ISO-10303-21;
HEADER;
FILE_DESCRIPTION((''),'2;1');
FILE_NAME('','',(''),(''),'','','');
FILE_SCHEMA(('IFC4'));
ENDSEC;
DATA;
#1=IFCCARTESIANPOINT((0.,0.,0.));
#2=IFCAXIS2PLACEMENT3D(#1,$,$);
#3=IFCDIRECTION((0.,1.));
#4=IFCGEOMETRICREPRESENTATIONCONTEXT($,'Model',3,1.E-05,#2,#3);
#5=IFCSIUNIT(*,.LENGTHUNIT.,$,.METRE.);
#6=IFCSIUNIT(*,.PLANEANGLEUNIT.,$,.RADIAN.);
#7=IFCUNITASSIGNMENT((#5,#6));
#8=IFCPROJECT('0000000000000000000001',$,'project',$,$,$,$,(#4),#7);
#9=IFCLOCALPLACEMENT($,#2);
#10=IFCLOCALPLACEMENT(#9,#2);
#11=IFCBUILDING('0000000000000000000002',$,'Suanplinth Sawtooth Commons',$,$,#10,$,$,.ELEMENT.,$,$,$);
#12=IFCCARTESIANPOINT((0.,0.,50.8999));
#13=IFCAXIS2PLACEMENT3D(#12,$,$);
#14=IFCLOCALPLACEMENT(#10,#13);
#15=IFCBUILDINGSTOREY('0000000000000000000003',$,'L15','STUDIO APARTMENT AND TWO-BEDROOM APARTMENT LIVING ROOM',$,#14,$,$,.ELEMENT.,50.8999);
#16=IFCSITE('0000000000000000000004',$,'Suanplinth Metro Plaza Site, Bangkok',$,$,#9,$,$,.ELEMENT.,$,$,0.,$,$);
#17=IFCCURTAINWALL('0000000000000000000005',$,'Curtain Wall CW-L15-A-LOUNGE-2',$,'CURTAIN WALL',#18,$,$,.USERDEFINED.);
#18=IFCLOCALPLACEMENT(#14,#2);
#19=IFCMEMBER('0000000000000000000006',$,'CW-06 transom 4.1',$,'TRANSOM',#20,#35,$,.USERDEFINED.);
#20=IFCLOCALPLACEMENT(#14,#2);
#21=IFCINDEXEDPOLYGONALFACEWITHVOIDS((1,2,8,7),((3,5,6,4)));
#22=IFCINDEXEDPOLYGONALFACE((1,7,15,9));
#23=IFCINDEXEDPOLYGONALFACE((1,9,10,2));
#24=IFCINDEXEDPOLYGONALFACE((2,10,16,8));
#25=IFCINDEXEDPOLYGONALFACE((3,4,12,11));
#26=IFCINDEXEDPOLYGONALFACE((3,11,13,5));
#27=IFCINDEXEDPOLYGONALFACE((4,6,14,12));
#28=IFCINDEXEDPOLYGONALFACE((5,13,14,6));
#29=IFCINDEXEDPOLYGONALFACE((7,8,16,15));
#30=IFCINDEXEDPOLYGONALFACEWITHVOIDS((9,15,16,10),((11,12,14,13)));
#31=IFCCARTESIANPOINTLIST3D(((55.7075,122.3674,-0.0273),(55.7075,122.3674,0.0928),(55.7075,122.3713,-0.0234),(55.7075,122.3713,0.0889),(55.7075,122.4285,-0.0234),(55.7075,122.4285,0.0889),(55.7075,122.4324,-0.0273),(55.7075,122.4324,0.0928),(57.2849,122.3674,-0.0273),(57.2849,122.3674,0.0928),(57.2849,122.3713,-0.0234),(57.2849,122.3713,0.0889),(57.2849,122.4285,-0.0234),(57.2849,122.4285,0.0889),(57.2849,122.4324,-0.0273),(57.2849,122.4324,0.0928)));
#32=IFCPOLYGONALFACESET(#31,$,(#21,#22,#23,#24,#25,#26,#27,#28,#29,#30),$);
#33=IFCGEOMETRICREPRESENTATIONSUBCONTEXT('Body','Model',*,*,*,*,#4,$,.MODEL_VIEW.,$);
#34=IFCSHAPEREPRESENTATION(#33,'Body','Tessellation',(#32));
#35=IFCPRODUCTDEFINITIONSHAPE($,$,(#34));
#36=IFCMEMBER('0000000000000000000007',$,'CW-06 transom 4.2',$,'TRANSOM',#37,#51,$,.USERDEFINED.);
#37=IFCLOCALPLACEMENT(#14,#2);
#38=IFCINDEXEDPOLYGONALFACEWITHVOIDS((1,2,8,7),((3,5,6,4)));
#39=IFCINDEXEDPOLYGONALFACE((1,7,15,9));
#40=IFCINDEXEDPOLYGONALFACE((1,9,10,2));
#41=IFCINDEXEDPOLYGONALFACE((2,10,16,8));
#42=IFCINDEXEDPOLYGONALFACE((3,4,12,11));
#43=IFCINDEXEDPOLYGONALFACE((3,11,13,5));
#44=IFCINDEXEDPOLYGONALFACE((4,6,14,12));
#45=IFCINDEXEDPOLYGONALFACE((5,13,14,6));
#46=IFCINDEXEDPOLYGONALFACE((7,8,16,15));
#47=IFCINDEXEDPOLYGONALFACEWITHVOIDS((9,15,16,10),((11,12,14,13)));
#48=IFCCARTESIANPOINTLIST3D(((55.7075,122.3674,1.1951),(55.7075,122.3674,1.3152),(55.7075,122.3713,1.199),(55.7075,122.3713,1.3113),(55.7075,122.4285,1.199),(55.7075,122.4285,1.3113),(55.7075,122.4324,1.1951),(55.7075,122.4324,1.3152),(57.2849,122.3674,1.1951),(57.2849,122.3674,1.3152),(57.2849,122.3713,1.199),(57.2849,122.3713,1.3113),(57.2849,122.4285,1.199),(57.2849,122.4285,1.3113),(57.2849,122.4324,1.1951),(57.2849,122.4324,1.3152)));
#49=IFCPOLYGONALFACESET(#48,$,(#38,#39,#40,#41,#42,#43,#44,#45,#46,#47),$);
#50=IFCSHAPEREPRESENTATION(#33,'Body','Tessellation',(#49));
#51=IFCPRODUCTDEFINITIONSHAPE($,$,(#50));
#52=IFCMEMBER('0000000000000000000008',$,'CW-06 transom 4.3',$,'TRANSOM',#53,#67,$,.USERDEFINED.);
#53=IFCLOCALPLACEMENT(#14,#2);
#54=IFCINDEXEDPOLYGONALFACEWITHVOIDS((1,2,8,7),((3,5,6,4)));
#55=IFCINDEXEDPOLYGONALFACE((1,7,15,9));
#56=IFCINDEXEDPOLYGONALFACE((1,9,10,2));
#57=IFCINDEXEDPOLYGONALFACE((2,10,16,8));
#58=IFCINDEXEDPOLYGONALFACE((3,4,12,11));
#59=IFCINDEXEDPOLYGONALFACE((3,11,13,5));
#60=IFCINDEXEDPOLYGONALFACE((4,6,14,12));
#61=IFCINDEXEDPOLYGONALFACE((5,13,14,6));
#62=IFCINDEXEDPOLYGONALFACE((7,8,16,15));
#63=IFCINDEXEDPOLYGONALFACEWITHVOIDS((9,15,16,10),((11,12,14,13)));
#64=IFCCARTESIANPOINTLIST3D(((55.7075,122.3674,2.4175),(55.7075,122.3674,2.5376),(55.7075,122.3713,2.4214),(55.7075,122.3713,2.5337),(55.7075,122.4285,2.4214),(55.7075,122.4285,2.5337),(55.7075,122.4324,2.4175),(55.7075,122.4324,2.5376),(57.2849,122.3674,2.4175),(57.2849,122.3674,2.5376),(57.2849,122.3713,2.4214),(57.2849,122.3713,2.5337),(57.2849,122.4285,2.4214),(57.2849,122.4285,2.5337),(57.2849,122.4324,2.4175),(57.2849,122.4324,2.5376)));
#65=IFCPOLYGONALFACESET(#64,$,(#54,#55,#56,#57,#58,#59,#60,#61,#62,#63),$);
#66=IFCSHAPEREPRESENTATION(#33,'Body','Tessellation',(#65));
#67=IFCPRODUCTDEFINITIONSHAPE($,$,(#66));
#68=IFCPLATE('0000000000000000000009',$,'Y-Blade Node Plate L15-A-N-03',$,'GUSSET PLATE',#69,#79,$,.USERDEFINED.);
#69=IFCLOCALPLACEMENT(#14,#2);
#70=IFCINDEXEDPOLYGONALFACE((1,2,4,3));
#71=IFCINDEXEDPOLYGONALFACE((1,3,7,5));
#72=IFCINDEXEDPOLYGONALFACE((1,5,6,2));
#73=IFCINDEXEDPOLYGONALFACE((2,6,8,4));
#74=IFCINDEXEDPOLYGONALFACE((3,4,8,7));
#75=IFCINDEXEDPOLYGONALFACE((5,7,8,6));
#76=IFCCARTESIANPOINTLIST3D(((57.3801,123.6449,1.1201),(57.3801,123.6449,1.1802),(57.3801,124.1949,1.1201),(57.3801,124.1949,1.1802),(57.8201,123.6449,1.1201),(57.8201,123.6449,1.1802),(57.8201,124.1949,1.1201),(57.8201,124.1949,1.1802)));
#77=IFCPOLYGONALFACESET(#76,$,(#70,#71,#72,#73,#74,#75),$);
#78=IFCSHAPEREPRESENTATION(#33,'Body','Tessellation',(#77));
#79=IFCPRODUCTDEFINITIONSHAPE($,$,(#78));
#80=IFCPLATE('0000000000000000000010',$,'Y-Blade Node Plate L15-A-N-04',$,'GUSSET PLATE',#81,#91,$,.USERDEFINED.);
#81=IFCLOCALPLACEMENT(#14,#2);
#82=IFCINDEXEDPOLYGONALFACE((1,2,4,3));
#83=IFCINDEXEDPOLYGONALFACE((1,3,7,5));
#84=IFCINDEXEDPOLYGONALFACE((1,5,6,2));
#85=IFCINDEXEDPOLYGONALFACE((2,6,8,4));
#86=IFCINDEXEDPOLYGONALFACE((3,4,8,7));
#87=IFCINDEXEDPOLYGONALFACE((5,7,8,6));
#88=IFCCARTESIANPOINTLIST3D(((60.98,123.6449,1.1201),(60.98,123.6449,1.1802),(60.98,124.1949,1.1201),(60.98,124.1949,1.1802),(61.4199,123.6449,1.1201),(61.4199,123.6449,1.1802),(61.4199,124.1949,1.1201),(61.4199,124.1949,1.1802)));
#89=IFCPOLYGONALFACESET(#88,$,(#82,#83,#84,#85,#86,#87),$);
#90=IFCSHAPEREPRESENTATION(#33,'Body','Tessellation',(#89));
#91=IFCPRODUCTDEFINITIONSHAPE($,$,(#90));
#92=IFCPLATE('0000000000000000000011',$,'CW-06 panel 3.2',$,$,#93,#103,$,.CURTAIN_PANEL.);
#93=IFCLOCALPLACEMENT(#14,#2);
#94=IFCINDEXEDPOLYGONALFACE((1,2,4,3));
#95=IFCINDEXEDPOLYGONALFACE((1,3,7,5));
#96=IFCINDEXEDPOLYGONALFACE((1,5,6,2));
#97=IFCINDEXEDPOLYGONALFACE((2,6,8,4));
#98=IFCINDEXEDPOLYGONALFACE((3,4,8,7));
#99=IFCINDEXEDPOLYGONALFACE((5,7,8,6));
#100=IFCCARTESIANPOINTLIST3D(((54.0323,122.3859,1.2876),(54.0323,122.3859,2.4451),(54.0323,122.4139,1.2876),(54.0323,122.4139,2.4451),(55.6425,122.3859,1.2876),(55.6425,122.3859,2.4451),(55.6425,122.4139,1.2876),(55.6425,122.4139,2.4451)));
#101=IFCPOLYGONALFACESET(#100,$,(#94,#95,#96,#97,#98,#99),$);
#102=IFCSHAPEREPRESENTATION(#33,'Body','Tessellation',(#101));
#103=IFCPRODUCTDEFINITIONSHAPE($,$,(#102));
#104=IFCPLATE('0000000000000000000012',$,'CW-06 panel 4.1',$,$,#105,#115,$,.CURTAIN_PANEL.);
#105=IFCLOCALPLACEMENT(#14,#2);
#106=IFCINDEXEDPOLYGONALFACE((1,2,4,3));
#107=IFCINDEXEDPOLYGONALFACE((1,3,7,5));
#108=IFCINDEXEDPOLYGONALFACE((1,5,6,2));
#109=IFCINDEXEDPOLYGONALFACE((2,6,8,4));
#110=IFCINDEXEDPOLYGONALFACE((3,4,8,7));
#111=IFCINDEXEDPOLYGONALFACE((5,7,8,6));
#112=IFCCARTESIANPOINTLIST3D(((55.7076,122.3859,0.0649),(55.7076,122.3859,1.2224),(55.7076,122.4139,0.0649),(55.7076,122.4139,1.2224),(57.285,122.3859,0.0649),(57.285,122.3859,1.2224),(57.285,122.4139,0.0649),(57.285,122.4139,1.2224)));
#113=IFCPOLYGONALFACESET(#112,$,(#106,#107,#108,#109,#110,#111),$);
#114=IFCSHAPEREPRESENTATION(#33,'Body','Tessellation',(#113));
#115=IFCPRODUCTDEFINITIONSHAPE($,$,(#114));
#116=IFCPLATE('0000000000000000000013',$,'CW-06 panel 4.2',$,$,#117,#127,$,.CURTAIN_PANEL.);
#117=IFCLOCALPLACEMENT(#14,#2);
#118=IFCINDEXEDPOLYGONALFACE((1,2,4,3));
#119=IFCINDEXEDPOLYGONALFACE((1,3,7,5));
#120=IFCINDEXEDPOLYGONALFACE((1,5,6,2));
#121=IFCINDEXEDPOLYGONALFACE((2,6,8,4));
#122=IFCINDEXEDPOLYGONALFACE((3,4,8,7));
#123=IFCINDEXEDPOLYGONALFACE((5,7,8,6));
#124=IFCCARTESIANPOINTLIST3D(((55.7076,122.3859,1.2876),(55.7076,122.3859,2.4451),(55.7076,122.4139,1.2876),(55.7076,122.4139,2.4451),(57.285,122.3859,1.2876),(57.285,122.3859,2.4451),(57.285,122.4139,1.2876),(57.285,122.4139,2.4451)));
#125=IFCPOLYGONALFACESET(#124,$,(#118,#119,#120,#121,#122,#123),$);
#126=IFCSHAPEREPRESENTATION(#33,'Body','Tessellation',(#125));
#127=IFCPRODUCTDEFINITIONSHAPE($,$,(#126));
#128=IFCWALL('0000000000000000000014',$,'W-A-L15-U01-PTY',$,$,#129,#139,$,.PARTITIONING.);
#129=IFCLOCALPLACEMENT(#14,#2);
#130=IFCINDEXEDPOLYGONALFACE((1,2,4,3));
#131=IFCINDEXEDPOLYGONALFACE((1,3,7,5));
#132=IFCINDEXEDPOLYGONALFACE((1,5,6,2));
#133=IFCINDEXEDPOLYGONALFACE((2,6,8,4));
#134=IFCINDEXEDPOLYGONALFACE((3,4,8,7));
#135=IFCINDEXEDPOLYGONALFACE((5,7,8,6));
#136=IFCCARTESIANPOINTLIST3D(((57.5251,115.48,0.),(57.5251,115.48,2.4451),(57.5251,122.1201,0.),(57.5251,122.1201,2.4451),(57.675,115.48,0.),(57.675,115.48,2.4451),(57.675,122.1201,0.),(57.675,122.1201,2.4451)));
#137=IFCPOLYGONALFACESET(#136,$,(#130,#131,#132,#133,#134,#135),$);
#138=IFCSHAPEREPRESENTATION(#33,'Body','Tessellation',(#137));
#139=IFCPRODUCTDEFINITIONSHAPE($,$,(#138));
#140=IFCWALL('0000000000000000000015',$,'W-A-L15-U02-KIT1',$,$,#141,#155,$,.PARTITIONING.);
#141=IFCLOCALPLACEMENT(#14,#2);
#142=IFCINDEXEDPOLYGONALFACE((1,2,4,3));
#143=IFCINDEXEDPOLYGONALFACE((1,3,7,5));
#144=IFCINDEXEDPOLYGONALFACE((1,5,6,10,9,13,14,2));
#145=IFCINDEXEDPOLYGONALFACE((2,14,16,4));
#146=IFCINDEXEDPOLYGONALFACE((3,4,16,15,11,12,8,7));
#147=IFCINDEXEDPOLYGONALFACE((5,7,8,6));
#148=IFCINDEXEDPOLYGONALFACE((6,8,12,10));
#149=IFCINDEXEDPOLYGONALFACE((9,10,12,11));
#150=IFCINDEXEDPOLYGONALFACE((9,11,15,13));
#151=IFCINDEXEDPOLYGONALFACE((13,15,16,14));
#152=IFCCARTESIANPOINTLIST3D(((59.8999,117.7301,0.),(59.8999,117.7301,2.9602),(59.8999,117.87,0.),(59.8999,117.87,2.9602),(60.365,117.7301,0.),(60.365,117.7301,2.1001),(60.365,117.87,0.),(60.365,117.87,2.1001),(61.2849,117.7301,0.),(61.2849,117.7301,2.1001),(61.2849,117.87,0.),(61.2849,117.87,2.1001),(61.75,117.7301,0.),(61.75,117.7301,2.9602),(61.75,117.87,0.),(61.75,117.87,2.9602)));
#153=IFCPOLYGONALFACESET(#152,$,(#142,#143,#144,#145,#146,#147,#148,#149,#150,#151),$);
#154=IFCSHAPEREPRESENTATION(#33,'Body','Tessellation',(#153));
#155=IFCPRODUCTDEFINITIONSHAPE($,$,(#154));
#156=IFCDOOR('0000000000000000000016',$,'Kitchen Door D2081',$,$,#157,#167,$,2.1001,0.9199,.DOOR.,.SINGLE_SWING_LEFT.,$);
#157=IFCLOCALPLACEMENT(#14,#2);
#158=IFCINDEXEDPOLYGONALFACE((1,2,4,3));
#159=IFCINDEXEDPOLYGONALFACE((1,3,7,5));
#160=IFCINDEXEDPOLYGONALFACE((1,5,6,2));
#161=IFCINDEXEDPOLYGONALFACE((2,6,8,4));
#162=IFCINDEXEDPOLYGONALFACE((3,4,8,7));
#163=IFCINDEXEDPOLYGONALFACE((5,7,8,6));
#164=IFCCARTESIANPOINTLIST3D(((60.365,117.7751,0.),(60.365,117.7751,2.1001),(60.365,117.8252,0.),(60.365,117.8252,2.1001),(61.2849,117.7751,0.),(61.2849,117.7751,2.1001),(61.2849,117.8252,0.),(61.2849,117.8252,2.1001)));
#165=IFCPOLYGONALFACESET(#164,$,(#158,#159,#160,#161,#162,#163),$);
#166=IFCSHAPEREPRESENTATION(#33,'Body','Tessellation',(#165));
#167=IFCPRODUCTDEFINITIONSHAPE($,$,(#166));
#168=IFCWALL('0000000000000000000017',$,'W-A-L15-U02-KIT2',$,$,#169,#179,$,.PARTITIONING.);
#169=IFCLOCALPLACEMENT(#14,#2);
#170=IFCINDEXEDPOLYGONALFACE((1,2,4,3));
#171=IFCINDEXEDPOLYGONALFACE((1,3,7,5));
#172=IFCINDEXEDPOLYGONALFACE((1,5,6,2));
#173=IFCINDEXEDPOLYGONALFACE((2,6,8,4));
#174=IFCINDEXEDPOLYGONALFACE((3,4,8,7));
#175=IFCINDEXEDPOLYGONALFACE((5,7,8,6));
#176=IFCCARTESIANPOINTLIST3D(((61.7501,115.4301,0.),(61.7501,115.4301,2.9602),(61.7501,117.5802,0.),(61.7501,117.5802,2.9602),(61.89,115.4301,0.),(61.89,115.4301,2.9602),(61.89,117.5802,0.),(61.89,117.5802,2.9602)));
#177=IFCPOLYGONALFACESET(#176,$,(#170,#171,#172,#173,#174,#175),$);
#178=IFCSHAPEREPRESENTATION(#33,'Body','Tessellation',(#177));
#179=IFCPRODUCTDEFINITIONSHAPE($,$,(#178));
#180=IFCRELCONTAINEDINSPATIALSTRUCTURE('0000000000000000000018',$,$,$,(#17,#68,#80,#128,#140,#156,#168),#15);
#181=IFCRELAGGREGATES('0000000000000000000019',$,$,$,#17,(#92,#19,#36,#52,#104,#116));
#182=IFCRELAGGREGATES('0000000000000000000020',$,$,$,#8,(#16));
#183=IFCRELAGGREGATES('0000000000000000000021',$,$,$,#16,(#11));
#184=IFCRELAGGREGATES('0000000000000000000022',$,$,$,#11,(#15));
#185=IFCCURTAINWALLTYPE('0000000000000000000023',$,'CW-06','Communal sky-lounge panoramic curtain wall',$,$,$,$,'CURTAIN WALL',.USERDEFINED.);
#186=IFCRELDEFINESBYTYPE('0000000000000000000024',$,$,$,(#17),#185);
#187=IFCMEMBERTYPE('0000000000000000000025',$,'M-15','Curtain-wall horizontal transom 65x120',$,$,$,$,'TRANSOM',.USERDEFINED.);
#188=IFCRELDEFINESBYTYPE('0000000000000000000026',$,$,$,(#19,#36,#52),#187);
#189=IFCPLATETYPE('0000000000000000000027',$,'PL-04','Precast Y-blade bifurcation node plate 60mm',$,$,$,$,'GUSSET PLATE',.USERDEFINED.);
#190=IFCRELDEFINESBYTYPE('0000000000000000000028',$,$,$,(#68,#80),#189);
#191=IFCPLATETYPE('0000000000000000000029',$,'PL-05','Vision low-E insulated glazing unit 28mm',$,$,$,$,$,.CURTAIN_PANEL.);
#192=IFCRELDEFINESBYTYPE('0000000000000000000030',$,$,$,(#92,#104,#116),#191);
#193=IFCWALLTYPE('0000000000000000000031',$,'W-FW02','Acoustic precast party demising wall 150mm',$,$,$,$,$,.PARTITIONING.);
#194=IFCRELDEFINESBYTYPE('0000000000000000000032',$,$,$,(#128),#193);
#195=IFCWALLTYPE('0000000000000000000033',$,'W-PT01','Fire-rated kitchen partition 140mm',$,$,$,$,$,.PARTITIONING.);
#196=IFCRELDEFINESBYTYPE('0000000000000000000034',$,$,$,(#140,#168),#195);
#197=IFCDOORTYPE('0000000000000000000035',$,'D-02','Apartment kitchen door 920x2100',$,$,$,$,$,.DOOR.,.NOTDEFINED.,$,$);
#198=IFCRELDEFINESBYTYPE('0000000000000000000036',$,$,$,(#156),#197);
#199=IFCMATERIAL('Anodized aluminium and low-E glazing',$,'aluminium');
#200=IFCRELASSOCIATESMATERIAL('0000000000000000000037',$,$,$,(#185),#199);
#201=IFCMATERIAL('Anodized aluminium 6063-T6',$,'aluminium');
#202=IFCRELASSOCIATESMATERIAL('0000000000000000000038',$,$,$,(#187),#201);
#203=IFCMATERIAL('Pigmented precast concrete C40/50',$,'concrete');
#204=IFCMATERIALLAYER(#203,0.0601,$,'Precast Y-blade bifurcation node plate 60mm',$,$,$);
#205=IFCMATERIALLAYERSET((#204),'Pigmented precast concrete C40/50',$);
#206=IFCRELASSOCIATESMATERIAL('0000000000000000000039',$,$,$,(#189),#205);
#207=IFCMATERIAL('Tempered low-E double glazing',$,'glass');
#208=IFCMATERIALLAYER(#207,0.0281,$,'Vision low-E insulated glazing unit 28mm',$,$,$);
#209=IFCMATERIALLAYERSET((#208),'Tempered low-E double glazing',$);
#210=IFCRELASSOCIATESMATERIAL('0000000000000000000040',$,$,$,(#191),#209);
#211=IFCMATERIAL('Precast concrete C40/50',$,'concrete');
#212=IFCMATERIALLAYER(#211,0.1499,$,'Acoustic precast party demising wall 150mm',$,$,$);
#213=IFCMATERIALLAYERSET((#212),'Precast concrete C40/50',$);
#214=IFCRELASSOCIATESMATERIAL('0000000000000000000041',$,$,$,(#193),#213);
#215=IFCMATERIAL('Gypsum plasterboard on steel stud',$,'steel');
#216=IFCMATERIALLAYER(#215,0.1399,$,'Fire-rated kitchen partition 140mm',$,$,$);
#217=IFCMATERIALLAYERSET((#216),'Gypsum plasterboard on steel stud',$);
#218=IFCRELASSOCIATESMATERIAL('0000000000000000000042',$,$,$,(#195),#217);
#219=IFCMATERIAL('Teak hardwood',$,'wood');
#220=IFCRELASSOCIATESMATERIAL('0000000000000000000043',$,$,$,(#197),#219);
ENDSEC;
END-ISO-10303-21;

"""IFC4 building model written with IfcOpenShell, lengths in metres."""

from ifc_helpers import new_model, si_unit, direction, frame, frame_2d, origin, origin_2d, place, context, subcontext, project, spatial, rectangle, hollow_rectangle, extrude, material, layer, layer_set, material_profile, profile_set, type_object, element, fill, aggregate, save


model = new_model("IFC4")

# Units and contexts
model_context = context("Model", 3, precision=1e-05, world=origin(), true_north=direction((0.0, 1.0)))
body_context = subcontext(model_context, "Body", "Model", "MODEL_VIEW")
ifc_project = project(units=[si_unit("LENGTHUNIT", "METRE"), si_unit("PLANEANGLEUNIT", "RADIAN")], contexts=[model_context])

# Site, building, storey
site_placement = place(None, origin())
site = spatial("IfcSite", under=ifc_project, at=site_placement, Name="Suanplinth Metro Plaza Site, Bangkok", CompositionType="ELEMENT", RefElevation=0.0)
building_placement = place(site_placement, origin())
building = spatial("IfcBuilding", under=site, at=building_placement, Name="Suanplinth Sawtooth Commons", CompositionType="ELEMENT")
storey_placement = place(building_placement, frame((0.0, 0.0, 50.8999)))
storey = spatial("IfcBuildingStorey", under=building, at=storey_placement, Name="L15", Description="STUDIO APARTMENT AND TWO-BEDROOM APARTMENT LIVING ROOM", CompositionType="ELEMENT", Elevation=50.8999)

# Shared definitions
ifc_material_1 = material(Name="Precast concrete C40/50", Category="concrete")

# Shared definitions
ifc_material_2 = material(Name="Pigmented precast concrete C40/50", Category="concrete")

# Curtain wall, members
ifc_material_3 = material(Name="Anodized aluminium and low-E glazing", Category="aluminium")
curtain_wall_type = type_object("IfcCurtainWallType", Name="CW-06", Description="Communal sky-lounge panoramic curtain wall", ElementType="CURTAIN WALL", PredefinedType="USERDEFINED", material=ifc_material_3)
curtain_wall_placement = place(storey_placement, origin())
curtain_wall = element("IfcCurtainWall", 1, at=curtain_wall_placement, inside=storey, type_object=curtain_wall_type, Name="Curtain Wall CW-L15-A-LOUNGE-2", ObjectType="CURTAIN WALL", PredefinedType="USERDEFINED")
ifc_material_4 = material(Name="Anodized aluminium 6063-T6", Category="aluminium")
ifc_material_profile_1 = material_profile(ifc_material_4, hollow_rectangle(XDim=0.0649, YDim=0.1201, WallThickness=0.0039, at=origin_2d()), Name="ALU-TRN 65x120")
ifc_profile_set_1 = profile_set([ifc_material_profile_1], Name="Anodized aluminium 6063-T6")
member_type_1 = type_object("IfcMemberType", Name="M-15", Description="Curtain-wall horizontal transom 65x120", ElementType="TRANSOM", PredefinedType="USERDEFINED", material=ifc_profile_set_1)
member_1_placement = place(storey_placement, frame((55.7075, 122.3999, 0.0327), z_axis=(1.0, 0.0, 0.0), x_axis=(0.0, 1.0, 0.0)))
member_1 = element("IfcMember", 2, at=member_1_placement, type_object=member_type_1, Name="CW-06 transom 4.1", ObjectType="TRANSOM", PredefinedType="USERDEFINED", context=body_context, shape_type="SweptSolid", body=[
    extrude(hollow_rectangle(XDim=0.0649, YDim=0.1201, WallThickness=0.0039, at=origin_2d()), origin(), (0.0, 0.0, 1.0), 1.5774),
])
member_2_placement = place(storey_placement, frame((55.7075, 122.3999, 1.2551), z_axis=(1.0, 0.0, 0.0), x_axis=(0.0, 1.0, 0.0)))
member_2 = element("IfcMember", 3, at=member_2_placement, type_object=member_type_1, Name="CW-06 transom 4.2", ObjectType="TRANSOM", PredefinedType="USERDEFINED", context=body_context, shape_type="SweptSolid", body=[
    extrude(hollow_rectangle(XDim=0.0649, YDim=0.1201, WallThickness=0.0039, at=origin_2d()), origin(), (0.0, 0.0, 1.0), 1.5774),
])
member_3_placement = place(storey_placement, frame((55.7075, 122.3999, 2.4775), z_axis=(1.0, 0.0, 0.0), x_axis=(0.0, 1.0, 0.0)))
member_3 = element("IfcMember", 4, at=member_3_placement, type_object=member_type_1, Name="CW-06 transom 4.3", ObjectType="TRANSOM", PredefinedType="USERDEFINED", context=body_context, shape_type="SweptSolid", body=[
    extrude(hollow_rectangle(XDim=0.0649, YDim=0.1201, WallThickness=0.0039, at=origin_2d()), origin(), (0.0, 0.0, 1.0), 1.5774),
])

# Plates
ifc_layer_1 = layer(ifc_material_2, 0.0601, Name="Precast Y-blade bifurcation node plate 60mm")
ifc_layer_set_1 = layer_set([ifc_layer_1], Name="Pigmented precast concrete C40/50")
plate_type_1 = type_object("IfcPlateType", Name="PL-04", Description="Precast Y-blade bifurcation node plate 60mm", ElementType="GUSSET PLATE", PredefinedType="USERDEFINED", material=ifc_layer_set_1)
for number, where, z_axis, x_axis, name in (
    (5, (57.6001, 123.9199, 1.1201), (0.0, 0.0, 1.0), (1.0, 0.0, 0.0), "Y-Blade Node Plate L15-A-N-03"),
    (6, (61.2, 123.9199, 1.1201), (0.0, 0.0, 1.0), (1.0, 0.0, 0.0), "Y-Blade Node Plate L15-A-N-04"),
):
    element("IfcPlate", number, at=place(storey_placement, frame(where, z_axis=z_axis, x_axis=x_axis)), inside=storey, type_object=plate_type_1, Name=name, ObjectType="GUSSET PLATE", PredefinedType="USERDEFINED", context=body_context, shape_type="SweptSolid", body=[
        extrude(rectangle(XDim=0.4399, YDim=0.55, at=origin_2d()), origin(), (0.0, 0.0, 1.0), 0.0601),
    ])

# Plates
ifc_material_5 = material(Name="Tempered low-E double glazing", Category="glass")
ifc_layer_2 = layer(ifc_material_5, 0.0281, Name="Vision low-E insulated glazing unit 28mm")
ifc_layer_set_2 = layer_set([ifc_layer_2], Name="Tempered low-E double glazing")
plate_type_2 = type_object("IfcPlateType", Name="PL-05", Description="Vision low-E insulated glazing unit 28mm", PredefinedType="CURTAIN_PANEL", material=ifc_layer_set_2)
plate_1_placement = place(storey_placement, frame((54.8374, 122.3999, 1.2876), z_axis=(0.0, 0.0, 1.0), x_axis=(1.0, 0.0, 0.0)))
plate_1 = element("IfcPlate", 7, at=plate_1_placement, type_object=plate_type_2, Name="CW-06 panel 3.2", PredefinedType="CURTAIN_PANEL", context=body_context, shape_type="SweptSolid", body=[
    extrude(rectangle(XDim=1.6101, YDim=0.0281, at=origin_2d()), origin(), (0.0, 0.0, 1.0), 1.1575),
])
plate_2_placement = place(storey_placement, frame((56.4963, 122.3999, 0.0649), z_axis=(0.0, 0.0, 1.0), x_axis=(1.0, 0.0, 0.0)))
plate_2 = element("IfcPlate", 8, at=plate_2_placement, type_object=plate_type_2, Name="CW-06 panel 4.1", PredefinedType="CURTAIN_PANEL", context=body_context, shape_type="SweptSolid", body=[
    extrude(rectangle(XDim=1.5774, YDim=0.0281, at=origin_2d()), origin(), (0.0, 0.0, 1.0), 1.1575),
])
plate_3_placement = place(storey_placement, frame((56.4963, 122.3999, 1.2876), z_axis=(0.0, 0.0, 1.0), x_axis=(1.0, 0.0, 0.0)))
plate_3 = element("IfcPlate", 9, at=plate_3_placement, type_object=plate_type_2, Name="CW-06 panel 4.2", PredefinedType="CURTAIN_PANEL", context=body_context, shape_type="SweptSolid", body=[
    extrude(rectangle(XDim=1.5774, YDim=0.0281, at=origin_2d()), origin(), (0.0, 0.0, 1.0), 1.1575),
])
aggregate(curtain_wall, [plate_1, member_1, member_2, member_3, plate_2, plate_3])

# Wall
ifc_layer_3 = layer(ifc_material_1, 0.1499, Name="Acoustic precast party demising wall 150mm")
ifc_layer_set_3 = layer_set([ifc_layer_3], Name="Precast concrete C40/50")
wall_type_1 = type_object("IfcWallType", Name="W-FW02", Description="Acoustic precast party demising wall 150mm", PredefinedType="PARTITIONING", material=ifc_layer_set_3)
wall_1_placement = place(storey_placement, frame((57.6001, 115.48, 0.0), z_axis=(0.0, 0.0, 1.0), x_axis=(0.0, 1.0, 0.0)))
element("IfcWall", 10, at=wall_1_placement, inside=storey, type_object=wall_type_1, Name="W-A-L15-U01-PTY", PredefinedType="PARTITIONING", context=body_context, shape_type="SweptSolid", body=[
    extrude(rectangle(XDim=6.6401, YDim=0.1499, at=frame_2d((3.3201, 0.0))), origin(), (0.0, 0.0, 1.0), 2.4451),
])

# Wall, opening, door
ifc_material_6 = material(Name="Gypsum plasterboard on steel stud", Category="steel")
ifc_layer_4 = layer(ifc_material_6, 0.1399, Name="Fire-rated kitchen partition 140mm")
ifc_layer_set_4 = layer_set([ifc_layer_4], Name="Gypsum plasterboard on steel stud")
wall_type_2 = type_object("IfcWallType", Name="W-PT01", Description="Fire-rated kitchen partition 140mm", PredefinedType="PARTITIONING", material=ifc_layer_set_4)
wall_2_placement = place(storey_placement, frame((59.8999, 117.8, 0.0), z_axis=(0.0, 0.0, 1.0), x_axis=(1.0, 0.0, 0.0)))
wall_2 = element("IfcWall", 11, at=wall_2_placement, inside=storey, type_object=wall_type_2, Name="W-A-L15-U02-KIT1", PredefinedType="PARTITIONING", context=body_context, shape_type="SweptSolid", body=[
    extrude(rectangle(XDim=1.8501, YDim=0.1399, at=frame_2d((0.925, 0.0))), origin(), (0.0, 0.0, 1.0), 2.9602),
])
opening_1_placement = place(wall_2_placement, frame((0.4651, 0.0, 0.0)))
opening_1 = element("IfcOpeningElement", 12, at=opening_1_placement, cuts=wall_2, PredefinedType="OPENING", context=body_context, shape_type="SweptSolid", body=[
    extrude(rectangle(XDim=0.9199, YDim=2.1001, at=frame_2d((0.46, 1.05))), frame((0.0, 0.085, 0.0), z_axis=(0.0, -1.0, 0.0), x_axis=(1.0, 0.0, 0.0)), (0.0, 0.0, 1.0), 0.1697),
])
ifc_material_7 = material(Name="Teak hardwood", Category="wood")
door_type_1 = type_object("IfcDoorType", Name="D-02", Description="Apartment kitchen door 920x2100", OperationType="NOTDEFINED", PredefinedType="DOOR", material=ifc_material_7)
door_1_placement = place(opening_1_placement, frame((0.9199, 0.0, 0.0), z_axis=(0.0, 0.0, 1.0), x_axis=(-1.0, 0.0, 0.0)))
door_1 = element("IfcDoor", 13, at=door_1_placement, inside=storey, type_object=door_type_1, Name="Kitchen Door D2081", OperationType="SINGLE_SWING_LEFT", OverallHeight=2.1001, OverallWidth=0.9199, PredefinedType="DOOR", context=body_context, shape_type="SweptSolid", body=[
    extrude(rectangle(XDim=0.9199, YDim=2.1001, at=frame_2d((0.46, 1.05))), frame((0.0, 0.0249, 0.0), z_axis=(0.0, -1.0, 0.0), x_axis=(1.0, 0.0, 0.0)), (0.0, 0.0, 1.0), 0.05),
])
fill(opening_1, door_1)

# Wall
wall_3_placement = place(storey_placement, frame((61.8201, 115.4299, 0.0), z_axis=(0.0, 0.0, 1.0), x_axis=(0.0, 1.0, 0.0)))
element("IfcWall", 14, at=wall_3_placement, inside=storey, type_object=wall_type_2, Name="W-A-L15-U02-KIT2", PredefinedType="PARTITIONING", context=body_context, shape_type="SweptSolid", body=[
    extrude(rectangle(XDim=2.1501, YDim=0.1399, at=frame_2d((1.0752, 0.0))), origin(), (0.0, 0.0, 1.0), 2.9602),
])

save(model, "model.ifc")
